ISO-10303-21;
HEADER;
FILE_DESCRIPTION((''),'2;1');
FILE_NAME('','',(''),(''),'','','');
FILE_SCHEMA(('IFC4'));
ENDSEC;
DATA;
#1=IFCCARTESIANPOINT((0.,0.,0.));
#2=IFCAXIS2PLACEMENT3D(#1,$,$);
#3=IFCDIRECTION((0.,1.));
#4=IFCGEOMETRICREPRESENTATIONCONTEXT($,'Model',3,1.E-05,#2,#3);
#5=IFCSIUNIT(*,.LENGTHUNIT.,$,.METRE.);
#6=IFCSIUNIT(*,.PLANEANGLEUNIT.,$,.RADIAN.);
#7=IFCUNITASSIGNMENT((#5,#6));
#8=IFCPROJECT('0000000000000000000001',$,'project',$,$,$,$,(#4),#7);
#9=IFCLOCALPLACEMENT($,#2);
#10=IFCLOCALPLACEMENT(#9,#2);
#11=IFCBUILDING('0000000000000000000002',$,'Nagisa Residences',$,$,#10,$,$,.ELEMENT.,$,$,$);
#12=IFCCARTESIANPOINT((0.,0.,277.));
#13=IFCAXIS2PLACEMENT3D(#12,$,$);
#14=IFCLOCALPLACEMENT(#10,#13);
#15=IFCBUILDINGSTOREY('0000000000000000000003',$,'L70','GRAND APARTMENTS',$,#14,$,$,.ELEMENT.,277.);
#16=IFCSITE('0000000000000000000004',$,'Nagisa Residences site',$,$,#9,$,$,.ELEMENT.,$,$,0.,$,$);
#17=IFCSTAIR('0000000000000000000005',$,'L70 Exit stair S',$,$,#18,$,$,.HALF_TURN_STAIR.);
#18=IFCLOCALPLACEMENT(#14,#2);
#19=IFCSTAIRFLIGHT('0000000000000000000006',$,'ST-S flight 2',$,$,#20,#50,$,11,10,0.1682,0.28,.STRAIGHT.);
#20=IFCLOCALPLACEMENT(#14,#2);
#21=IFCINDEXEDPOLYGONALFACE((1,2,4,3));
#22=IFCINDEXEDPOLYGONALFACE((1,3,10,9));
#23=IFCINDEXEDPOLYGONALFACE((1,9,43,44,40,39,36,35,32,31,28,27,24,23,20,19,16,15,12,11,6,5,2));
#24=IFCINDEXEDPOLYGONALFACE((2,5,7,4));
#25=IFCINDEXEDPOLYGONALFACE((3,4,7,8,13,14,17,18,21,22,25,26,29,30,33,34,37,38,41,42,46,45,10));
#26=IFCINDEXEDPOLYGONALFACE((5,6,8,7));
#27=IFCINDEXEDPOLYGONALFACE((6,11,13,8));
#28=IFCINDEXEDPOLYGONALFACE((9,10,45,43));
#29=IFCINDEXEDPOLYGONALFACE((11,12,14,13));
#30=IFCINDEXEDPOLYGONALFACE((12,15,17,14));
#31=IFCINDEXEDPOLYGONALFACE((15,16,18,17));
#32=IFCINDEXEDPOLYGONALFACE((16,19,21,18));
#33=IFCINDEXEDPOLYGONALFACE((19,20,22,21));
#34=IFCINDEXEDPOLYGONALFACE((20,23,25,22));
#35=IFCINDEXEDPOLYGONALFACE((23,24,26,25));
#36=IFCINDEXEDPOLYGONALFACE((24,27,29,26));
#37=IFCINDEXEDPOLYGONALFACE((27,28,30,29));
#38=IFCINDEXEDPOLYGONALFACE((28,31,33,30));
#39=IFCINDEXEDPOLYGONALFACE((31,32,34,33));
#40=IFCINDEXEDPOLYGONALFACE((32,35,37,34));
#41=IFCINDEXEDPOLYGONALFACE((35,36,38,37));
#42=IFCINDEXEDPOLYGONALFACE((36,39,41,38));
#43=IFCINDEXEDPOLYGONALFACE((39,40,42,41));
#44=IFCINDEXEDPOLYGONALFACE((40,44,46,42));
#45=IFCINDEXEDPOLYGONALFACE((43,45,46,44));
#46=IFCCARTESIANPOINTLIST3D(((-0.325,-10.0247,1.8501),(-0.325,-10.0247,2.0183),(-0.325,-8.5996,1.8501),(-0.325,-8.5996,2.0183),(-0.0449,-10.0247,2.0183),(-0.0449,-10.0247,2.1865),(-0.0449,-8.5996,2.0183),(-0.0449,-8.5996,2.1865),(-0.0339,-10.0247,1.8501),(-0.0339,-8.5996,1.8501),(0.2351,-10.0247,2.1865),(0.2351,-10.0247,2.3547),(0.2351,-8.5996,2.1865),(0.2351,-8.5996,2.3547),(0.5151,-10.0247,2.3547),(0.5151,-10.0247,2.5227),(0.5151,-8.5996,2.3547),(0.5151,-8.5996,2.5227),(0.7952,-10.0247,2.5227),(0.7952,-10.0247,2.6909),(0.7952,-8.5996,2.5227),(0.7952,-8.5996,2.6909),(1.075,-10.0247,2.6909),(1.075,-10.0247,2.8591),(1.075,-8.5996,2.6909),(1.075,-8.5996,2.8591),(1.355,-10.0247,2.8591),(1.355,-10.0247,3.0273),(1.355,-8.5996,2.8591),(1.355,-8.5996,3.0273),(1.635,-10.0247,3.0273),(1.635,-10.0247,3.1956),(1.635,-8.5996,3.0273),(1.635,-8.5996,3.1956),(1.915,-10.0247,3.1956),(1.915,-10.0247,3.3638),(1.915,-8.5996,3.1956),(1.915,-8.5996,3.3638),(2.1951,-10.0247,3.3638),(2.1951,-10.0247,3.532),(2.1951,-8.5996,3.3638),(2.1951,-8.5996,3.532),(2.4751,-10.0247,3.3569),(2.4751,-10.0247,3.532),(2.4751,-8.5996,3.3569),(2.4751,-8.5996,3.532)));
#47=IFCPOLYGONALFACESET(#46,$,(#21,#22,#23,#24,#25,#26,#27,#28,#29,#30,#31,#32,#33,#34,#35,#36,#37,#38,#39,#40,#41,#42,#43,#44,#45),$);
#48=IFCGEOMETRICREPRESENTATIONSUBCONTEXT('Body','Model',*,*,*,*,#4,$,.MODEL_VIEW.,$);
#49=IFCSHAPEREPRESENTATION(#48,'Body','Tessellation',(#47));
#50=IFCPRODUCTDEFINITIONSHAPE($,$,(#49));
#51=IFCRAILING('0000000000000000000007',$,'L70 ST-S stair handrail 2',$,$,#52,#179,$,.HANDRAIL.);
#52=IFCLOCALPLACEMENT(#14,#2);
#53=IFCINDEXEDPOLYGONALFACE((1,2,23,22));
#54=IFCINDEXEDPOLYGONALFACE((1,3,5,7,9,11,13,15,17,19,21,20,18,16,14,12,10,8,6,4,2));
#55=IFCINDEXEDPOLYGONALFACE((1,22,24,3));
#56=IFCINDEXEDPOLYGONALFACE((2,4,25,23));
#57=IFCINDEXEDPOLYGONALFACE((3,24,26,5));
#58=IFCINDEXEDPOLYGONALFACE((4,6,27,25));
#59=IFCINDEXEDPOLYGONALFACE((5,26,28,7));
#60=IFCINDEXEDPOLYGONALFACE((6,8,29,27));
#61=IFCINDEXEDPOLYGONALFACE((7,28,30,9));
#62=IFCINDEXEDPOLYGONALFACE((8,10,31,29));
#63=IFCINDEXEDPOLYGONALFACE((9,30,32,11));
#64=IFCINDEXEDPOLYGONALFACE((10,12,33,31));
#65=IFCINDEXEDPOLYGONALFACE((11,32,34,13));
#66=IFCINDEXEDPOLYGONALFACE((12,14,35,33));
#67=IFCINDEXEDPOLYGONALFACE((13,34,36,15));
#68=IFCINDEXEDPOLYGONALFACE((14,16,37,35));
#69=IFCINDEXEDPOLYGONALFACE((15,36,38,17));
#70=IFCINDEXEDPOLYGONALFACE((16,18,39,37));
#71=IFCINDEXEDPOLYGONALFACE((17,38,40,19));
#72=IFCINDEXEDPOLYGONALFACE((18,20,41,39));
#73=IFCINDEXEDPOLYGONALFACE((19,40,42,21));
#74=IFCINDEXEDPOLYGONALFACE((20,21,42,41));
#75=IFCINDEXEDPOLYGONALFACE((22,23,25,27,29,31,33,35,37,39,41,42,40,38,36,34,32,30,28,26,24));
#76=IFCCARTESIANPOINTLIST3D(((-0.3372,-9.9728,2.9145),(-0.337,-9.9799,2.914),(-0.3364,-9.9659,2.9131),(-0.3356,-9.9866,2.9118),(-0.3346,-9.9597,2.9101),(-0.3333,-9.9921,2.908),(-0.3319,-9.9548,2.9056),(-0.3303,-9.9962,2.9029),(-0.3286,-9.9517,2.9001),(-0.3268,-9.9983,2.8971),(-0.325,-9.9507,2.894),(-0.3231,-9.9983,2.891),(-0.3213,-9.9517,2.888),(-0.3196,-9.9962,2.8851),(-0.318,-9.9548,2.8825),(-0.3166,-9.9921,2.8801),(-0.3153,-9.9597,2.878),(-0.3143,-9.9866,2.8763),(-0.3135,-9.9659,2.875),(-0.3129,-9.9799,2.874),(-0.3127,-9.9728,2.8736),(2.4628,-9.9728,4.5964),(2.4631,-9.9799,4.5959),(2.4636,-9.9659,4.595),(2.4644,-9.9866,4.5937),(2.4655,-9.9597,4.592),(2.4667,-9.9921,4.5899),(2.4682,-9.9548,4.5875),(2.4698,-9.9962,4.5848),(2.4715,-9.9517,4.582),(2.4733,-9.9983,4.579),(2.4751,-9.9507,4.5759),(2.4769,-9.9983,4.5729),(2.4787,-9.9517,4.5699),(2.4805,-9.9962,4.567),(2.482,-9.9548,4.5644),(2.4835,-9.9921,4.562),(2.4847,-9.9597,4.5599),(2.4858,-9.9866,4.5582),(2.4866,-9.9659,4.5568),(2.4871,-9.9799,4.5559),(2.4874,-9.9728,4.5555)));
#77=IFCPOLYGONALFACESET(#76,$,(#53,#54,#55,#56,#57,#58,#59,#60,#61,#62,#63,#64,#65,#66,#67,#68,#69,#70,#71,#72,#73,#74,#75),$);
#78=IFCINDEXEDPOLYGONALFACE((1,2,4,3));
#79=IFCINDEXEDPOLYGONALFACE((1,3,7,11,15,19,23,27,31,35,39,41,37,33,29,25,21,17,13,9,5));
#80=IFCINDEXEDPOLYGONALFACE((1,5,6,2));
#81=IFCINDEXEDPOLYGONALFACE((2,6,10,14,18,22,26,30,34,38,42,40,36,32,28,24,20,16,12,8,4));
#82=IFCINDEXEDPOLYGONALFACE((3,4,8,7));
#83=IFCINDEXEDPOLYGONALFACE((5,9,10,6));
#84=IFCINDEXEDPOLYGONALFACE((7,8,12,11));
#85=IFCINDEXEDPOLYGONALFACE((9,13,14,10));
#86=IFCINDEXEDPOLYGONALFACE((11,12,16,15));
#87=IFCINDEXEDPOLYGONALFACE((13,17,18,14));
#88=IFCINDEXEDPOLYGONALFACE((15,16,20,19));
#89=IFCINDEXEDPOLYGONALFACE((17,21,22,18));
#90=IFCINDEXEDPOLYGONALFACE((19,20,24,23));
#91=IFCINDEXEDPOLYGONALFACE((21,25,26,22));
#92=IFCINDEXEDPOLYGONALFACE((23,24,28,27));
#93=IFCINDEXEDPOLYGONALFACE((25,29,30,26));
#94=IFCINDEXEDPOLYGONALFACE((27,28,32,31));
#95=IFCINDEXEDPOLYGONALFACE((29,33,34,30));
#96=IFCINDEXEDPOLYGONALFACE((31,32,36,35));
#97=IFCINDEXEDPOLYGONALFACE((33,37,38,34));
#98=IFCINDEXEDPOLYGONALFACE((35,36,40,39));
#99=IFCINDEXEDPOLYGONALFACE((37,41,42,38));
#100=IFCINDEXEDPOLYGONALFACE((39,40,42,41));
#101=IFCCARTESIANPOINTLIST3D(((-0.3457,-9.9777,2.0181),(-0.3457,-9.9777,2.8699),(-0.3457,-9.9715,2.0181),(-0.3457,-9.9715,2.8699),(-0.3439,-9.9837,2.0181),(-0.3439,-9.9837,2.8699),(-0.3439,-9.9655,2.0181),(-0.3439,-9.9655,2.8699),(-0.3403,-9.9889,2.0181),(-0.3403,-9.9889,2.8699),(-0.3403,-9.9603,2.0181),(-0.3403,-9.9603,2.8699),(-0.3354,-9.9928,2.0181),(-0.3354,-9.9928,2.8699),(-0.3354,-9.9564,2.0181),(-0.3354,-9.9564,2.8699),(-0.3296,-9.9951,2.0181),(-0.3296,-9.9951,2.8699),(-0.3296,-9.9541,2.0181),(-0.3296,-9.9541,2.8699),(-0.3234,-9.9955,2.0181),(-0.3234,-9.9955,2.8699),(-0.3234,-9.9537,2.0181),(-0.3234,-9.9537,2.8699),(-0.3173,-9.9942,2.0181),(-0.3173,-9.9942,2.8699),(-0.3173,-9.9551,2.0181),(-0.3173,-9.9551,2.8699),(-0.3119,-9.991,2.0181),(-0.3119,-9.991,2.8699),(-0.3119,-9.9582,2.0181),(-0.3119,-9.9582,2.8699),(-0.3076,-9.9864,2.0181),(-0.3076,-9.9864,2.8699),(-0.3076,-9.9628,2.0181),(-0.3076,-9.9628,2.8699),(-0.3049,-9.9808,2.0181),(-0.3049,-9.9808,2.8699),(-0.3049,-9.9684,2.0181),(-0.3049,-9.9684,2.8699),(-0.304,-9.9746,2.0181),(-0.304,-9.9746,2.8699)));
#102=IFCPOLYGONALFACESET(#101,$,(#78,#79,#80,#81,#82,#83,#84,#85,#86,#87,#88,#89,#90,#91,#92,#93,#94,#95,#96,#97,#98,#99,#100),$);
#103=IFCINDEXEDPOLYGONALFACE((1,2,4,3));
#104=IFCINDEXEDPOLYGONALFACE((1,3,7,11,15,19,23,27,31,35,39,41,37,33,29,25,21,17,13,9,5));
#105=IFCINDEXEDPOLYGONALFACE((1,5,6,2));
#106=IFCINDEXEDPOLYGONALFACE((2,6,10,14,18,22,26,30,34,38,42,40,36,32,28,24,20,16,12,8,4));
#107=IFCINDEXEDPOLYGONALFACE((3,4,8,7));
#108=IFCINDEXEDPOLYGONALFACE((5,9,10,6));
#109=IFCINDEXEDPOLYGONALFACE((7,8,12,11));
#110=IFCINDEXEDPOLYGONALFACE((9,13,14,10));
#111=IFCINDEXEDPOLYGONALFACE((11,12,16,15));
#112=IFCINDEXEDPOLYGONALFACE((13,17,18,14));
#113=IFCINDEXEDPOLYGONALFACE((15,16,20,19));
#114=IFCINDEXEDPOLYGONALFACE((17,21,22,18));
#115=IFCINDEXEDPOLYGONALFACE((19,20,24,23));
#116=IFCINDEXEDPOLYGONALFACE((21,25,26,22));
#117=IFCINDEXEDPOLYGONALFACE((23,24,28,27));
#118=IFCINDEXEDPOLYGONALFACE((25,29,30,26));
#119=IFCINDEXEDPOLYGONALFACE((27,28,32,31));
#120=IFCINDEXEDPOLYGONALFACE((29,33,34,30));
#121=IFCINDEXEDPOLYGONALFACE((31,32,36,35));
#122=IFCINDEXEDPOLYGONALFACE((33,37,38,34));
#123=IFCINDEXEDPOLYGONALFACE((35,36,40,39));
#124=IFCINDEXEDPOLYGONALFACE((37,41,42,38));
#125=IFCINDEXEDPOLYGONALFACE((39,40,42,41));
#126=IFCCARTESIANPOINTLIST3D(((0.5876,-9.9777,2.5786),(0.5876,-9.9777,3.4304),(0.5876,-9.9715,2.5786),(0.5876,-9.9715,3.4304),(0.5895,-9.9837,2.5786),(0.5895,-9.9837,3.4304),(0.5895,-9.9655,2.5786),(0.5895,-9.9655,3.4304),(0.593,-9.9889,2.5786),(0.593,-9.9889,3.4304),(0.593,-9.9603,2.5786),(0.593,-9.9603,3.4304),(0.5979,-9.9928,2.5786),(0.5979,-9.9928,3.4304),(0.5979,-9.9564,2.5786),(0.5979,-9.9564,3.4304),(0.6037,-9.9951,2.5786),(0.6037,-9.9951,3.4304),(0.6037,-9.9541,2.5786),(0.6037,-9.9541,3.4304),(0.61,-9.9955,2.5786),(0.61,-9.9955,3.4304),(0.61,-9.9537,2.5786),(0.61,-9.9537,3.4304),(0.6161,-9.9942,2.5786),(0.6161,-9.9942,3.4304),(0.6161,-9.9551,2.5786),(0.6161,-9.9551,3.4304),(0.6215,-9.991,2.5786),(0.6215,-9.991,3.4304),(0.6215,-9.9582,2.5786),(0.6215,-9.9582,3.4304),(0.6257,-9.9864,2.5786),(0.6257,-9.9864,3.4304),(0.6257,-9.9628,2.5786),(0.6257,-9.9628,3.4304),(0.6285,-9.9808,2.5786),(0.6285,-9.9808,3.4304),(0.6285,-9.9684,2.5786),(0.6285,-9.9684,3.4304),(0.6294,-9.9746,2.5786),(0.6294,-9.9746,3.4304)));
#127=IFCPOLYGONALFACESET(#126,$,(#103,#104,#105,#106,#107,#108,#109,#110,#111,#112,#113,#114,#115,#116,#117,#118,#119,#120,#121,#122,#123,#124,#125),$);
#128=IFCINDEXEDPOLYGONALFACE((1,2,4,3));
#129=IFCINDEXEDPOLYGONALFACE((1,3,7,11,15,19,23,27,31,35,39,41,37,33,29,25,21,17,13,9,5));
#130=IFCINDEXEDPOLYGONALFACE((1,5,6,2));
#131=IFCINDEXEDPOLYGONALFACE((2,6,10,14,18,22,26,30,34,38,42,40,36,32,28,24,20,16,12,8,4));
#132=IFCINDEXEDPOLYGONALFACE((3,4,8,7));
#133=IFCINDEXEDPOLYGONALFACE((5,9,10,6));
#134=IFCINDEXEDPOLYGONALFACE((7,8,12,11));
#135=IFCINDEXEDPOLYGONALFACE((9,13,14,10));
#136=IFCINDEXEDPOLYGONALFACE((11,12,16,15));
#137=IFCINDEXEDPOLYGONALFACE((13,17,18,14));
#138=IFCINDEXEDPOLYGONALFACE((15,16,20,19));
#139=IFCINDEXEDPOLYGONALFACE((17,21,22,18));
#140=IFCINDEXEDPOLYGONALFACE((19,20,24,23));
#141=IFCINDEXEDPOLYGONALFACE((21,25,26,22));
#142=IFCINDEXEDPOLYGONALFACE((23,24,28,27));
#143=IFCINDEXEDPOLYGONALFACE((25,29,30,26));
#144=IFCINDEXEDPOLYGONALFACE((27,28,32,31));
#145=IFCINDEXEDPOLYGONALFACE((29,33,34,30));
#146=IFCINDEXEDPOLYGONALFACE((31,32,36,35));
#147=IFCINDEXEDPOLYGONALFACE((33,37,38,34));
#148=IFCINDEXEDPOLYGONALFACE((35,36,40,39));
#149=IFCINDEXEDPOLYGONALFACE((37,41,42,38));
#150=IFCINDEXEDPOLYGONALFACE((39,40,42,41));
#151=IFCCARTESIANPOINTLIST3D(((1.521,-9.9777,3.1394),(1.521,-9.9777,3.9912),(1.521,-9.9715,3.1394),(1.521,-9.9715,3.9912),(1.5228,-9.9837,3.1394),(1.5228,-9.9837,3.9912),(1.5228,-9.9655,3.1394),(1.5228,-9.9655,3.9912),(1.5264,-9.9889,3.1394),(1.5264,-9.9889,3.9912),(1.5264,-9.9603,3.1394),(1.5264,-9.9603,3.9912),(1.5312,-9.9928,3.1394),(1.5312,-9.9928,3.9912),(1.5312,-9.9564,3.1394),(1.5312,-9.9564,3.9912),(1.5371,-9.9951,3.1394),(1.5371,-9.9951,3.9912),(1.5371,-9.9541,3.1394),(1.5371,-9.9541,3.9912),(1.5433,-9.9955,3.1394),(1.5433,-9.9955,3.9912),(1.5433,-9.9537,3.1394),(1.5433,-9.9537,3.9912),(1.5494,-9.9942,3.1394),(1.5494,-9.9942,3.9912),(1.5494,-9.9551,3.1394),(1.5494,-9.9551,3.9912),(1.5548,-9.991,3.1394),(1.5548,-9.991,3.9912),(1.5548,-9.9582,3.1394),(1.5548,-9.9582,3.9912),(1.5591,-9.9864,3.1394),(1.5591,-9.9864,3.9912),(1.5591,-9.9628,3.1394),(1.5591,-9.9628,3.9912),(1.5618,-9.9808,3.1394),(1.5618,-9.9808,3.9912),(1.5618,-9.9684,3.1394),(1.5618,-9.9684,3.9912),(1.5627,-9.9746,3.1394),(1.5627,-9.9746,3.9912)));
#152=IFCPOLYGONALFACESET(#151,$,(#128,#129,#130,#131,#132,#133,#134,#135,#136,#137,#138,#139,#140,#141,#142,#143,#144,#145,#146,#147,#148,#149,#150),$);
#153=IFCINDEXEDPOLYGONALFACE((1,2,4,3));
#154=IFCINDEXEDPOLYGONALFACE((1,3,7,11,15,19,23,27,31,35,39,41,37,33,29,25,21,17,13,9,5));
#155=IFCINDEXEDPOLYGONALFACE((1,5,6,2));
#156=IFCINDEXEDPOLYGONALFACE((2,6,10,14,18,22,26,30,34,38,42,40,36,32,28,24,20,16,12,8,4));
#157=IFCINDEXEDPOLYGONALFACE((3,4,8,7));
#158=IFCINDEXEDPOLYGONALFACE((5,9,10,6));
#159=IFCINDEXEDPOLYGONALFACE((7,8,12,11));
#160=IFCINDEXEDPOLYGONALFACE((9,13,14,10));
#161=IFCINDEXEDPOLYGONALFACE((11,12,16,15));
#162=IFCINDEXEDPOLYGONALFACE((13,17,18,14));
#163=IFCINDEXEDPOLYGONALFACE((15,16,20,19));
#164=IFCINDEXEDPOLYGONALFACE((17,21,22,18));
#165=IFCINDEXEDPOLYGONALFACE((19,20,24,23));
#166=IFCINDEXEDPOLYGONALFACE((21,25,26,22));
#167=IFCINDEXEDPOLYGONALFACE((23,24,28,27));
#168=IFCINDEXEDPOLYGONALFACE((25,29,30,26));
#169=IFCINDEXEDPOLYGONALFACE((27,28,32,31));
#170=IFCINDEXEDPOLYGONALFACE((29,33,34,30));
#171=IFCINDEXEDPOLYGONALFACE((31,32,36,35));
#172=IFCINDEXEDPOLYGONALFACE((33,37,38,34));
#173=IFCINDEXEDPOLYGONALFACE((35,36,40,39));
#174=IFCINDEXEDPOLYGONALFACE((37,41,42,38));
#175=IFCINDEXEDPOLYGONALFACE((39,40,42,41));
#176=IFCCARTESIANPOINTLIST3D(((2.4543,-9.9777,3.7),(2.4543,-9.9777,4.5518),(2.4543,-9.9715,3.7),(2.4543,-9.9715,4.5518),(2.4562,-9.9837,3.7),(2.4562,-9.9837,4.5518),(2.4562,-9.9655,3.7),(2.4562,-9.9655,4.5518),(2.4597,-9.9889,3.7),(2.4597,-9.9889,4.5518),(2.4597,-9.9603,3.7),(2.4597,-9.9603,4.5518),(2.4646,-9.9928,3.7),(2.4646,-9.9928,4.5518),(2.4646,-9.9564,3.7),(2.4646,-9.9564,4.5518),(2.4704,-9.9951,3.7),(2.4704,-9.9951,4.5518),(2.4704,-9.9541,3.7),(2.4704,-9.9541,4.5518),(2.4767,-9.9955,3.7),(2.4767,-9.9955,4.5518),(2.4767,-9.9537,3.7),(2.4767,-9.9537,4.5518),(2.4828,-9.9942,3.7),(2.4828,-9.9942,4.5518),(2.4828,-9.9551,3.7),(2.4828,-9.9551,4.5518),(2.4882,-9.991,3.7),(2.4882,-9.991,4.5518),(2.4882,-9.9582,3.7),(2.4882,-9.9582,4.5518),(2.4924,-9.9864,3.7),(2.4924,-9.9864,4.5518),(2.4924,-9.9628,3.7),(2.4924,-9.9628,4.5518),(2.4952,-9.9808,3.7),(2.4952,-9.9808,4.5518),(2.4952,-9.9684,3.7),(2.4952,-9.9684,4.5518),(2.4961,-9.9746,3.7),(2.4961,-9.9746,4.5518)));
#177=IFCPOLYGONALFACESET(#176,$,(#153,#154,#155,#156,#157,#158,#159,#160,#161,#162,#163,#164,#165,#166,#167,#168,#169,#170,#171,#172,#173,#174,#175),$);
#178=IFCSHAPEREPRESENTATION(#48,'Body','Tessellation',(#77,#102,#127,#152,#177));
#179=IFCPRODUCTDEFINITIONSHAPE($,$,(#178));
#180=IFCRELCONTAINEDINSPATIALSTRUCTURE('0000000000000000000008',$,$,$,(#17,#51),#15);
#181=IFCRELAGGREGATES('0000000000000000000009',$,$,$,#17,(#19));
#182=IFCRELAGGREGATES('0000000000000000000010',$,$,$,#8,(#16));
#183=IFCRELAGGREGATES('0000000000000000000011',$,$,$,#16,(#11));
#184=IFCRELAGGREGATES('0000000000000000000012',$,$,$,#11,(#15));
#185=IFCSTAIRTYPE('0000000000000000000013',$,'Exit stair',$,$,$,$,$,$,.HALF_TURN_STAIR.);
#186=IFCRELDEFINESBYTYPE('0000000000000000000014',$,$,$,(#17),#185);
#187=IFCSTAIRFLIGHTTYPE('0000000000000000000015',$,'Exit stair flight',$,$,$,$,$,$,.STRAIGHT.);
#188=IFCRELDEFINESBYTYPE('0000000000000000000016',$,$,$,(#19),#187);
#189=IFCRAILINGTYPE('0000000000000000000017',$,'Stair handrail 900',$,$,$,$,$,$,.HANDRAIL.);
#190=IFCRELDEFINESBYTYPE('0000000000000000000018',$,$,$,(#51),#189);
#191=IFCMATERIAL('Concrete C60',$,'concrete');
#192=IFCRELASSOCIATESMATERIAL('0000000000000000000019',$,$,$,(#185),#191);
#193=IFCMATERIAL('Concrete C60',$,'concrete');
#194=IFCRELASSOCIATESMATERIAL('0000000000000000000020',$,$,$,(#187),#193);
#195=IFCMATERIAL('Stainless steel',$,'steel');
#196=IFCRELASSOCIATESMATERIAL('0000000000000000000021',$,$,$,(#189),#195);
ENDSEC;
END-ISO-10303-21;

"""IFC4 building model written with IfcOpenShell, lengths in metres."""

from ifc_helpers import new_model, si_unit, direction, frame, origin, origin_2d, place, context, subcontext, project, spatial, polyline, circle, outline, extrude, material, type_object, element, aggregate, save


model = new_model("IFC4")

# Units and contexts
model_context = context("Model", 3, precision=1e-05, world=origin(), true_north=direction((0.0, 1.0)))
body_context = subcontext(model_context, "Body", "Model", "MODEL_VIEW")
ifc_project = project(units=[si_unit("LENGTHUNIT", "METRE"), si_unit("PLANEANGLEUNIT", "RADIAN")], contexts=[model_context])

# Site, building, storey
site_placement = place(None, origin())
site = spatial("IfcSite", under=ifc_project, at=site_placement, Name="Nagisa Residences site", CompositionType="ELEMENT", RefElevation=0.0)
building_placement = place(site_placement, origin())
building = spatial("IfcBuilding", under=site, at=building_placement, Name="Nagisa Residences", CompositionType="ELEMENT")
storey_placement = place(building_placement, frame((0.0, 0.0, 277.0)))
storey = spatial("IfcBuildingStorey", under=building, at=storey_placement, Name="L70", Description="GRAND APARTMENTS", CompositionType="ELEMENT", Elevation=277.0)

# Stair, stair flight
ifc_material_1 = material(Name="Concrete C60", Category="concrete")
stair_type = type_object("IfcStairType", Name="Exit stair", PredefinedType="HALF_TURN_STAIR", material=ifc_material_1)
stair_placement = place(storey_placement, origin())
stair = element("IfcStair", 1, at=stair_placement, inside=storey, type_object=stair_type, Name="L70 Exit stair S", PredefinedType="HALF_TURN_STAIR")
ifc_material_2 = material(Name="Concrete C60", Category="concrete")
stair_flight_type = type_object("IfcStairFlightType", Name="Exit stair flight", PredefinedType="STRAIGHT", material=ifc_material_2)
stair_flight_placement = place(storey_placement, frame((-0.325, -9.312, 1.8501), z_axis=(0.0, 0.0, 1.0), x_axis=(1.0, 0.0, 0.0)))
stair_flight = element("IfcStairFlight", 2, at=stair_flight_placement, type_object=stair_flight_type, Name="ST-S flight 2", NumberOfRisers=11, NumberOfTreads=10, PredefinedType="STRAIGHT", RiserHeight=0.1682, TreadLength=0.28, context=body_context, shape_type="SweptSolid", body=[
    extrude(outline(polyline([(0.0, 0.0), (0.0, 0.1682), (0.28, 0.1682), (0.28, 0.3364), (0.5601, 0.3364), (0.5601, 0.5046), (0.8401, 0.5046), (0.8401, 0.6726), (1.1201, 0.6726), (1.1201, 0.8408), (1.3999, 0.8408), (1.3999, 1.009), (1.6799, 1.009), (1.6799, 1.1772), (1.96, 1.1772), (1.96, 1.3455), (2.24, 1.3455), (2.24, 1.5137), (2.52, 1.5137), (2.52, 1.6819), (2.8, 1.6819), (2.8, 1.8501), (2.8, 1.5068), (0.291, 0.0), (0.0, 0.0)])), frame((0.0, 0.7124, 0.0), z_axis=(0.0, -1.0, 0.0), x_axis=(1.0, 0.0, 0.0)), (0.0, 0.0, 1.0), 1.425),
])
aggregate(stair, [stair_flight])

# Railing
ifc_material_3 = material(Name="Stainless steel", Category="steel")
railing_type = type_object("IfcRailingType", Name="Stair handrail 900", PredefinedType="HANDRAIL", material=ifc_material_3)
railing_placement = place(storey_placement, frame((-0.325, -9.9746, 2.0181)))
element("IfcRailing", 3, at=railing_placement, inside=storey, type_object=railing_type, Name="L70 ST-S stair handrail 2", PredefinedType="HANDRAIL", context=body_context, shape_type="SweptSolid", body=[
    extrude(circle(Radius=0.0239, at=origin_2d()), frame((0.0, 0.0, 0.876), z_axis=(0.857242, 0.0, 0.514913), x_axis=(0.0, 1.0, 0.0)), (0.0, 0.0, 1.0), 3.2664),
    extrude(circle(Radius=0.021, at=origin_2d()), origin(), (0.0, 0.0, 1.0), 0.8518),
    extrude(circle(Radius=0.021, at=origin_2d()), frame((0.9333, 0.0, 0.5605)), (0.0, 0.0, 1.0), 0.8518),
    extrude(circle(Radius=0.021, at=origin_2d()), frame((1.8667, 0.0, 1.1213)), (0.0, 0.0, 1.0), 0.8518),
    extrude(circle(Radius=0.021, at=origin_2d()), frame((2.8, 0.0, 1.6819)), (0.0, 0.0, 1.0), 0.8518),
])

save(model, "model.ifc")
